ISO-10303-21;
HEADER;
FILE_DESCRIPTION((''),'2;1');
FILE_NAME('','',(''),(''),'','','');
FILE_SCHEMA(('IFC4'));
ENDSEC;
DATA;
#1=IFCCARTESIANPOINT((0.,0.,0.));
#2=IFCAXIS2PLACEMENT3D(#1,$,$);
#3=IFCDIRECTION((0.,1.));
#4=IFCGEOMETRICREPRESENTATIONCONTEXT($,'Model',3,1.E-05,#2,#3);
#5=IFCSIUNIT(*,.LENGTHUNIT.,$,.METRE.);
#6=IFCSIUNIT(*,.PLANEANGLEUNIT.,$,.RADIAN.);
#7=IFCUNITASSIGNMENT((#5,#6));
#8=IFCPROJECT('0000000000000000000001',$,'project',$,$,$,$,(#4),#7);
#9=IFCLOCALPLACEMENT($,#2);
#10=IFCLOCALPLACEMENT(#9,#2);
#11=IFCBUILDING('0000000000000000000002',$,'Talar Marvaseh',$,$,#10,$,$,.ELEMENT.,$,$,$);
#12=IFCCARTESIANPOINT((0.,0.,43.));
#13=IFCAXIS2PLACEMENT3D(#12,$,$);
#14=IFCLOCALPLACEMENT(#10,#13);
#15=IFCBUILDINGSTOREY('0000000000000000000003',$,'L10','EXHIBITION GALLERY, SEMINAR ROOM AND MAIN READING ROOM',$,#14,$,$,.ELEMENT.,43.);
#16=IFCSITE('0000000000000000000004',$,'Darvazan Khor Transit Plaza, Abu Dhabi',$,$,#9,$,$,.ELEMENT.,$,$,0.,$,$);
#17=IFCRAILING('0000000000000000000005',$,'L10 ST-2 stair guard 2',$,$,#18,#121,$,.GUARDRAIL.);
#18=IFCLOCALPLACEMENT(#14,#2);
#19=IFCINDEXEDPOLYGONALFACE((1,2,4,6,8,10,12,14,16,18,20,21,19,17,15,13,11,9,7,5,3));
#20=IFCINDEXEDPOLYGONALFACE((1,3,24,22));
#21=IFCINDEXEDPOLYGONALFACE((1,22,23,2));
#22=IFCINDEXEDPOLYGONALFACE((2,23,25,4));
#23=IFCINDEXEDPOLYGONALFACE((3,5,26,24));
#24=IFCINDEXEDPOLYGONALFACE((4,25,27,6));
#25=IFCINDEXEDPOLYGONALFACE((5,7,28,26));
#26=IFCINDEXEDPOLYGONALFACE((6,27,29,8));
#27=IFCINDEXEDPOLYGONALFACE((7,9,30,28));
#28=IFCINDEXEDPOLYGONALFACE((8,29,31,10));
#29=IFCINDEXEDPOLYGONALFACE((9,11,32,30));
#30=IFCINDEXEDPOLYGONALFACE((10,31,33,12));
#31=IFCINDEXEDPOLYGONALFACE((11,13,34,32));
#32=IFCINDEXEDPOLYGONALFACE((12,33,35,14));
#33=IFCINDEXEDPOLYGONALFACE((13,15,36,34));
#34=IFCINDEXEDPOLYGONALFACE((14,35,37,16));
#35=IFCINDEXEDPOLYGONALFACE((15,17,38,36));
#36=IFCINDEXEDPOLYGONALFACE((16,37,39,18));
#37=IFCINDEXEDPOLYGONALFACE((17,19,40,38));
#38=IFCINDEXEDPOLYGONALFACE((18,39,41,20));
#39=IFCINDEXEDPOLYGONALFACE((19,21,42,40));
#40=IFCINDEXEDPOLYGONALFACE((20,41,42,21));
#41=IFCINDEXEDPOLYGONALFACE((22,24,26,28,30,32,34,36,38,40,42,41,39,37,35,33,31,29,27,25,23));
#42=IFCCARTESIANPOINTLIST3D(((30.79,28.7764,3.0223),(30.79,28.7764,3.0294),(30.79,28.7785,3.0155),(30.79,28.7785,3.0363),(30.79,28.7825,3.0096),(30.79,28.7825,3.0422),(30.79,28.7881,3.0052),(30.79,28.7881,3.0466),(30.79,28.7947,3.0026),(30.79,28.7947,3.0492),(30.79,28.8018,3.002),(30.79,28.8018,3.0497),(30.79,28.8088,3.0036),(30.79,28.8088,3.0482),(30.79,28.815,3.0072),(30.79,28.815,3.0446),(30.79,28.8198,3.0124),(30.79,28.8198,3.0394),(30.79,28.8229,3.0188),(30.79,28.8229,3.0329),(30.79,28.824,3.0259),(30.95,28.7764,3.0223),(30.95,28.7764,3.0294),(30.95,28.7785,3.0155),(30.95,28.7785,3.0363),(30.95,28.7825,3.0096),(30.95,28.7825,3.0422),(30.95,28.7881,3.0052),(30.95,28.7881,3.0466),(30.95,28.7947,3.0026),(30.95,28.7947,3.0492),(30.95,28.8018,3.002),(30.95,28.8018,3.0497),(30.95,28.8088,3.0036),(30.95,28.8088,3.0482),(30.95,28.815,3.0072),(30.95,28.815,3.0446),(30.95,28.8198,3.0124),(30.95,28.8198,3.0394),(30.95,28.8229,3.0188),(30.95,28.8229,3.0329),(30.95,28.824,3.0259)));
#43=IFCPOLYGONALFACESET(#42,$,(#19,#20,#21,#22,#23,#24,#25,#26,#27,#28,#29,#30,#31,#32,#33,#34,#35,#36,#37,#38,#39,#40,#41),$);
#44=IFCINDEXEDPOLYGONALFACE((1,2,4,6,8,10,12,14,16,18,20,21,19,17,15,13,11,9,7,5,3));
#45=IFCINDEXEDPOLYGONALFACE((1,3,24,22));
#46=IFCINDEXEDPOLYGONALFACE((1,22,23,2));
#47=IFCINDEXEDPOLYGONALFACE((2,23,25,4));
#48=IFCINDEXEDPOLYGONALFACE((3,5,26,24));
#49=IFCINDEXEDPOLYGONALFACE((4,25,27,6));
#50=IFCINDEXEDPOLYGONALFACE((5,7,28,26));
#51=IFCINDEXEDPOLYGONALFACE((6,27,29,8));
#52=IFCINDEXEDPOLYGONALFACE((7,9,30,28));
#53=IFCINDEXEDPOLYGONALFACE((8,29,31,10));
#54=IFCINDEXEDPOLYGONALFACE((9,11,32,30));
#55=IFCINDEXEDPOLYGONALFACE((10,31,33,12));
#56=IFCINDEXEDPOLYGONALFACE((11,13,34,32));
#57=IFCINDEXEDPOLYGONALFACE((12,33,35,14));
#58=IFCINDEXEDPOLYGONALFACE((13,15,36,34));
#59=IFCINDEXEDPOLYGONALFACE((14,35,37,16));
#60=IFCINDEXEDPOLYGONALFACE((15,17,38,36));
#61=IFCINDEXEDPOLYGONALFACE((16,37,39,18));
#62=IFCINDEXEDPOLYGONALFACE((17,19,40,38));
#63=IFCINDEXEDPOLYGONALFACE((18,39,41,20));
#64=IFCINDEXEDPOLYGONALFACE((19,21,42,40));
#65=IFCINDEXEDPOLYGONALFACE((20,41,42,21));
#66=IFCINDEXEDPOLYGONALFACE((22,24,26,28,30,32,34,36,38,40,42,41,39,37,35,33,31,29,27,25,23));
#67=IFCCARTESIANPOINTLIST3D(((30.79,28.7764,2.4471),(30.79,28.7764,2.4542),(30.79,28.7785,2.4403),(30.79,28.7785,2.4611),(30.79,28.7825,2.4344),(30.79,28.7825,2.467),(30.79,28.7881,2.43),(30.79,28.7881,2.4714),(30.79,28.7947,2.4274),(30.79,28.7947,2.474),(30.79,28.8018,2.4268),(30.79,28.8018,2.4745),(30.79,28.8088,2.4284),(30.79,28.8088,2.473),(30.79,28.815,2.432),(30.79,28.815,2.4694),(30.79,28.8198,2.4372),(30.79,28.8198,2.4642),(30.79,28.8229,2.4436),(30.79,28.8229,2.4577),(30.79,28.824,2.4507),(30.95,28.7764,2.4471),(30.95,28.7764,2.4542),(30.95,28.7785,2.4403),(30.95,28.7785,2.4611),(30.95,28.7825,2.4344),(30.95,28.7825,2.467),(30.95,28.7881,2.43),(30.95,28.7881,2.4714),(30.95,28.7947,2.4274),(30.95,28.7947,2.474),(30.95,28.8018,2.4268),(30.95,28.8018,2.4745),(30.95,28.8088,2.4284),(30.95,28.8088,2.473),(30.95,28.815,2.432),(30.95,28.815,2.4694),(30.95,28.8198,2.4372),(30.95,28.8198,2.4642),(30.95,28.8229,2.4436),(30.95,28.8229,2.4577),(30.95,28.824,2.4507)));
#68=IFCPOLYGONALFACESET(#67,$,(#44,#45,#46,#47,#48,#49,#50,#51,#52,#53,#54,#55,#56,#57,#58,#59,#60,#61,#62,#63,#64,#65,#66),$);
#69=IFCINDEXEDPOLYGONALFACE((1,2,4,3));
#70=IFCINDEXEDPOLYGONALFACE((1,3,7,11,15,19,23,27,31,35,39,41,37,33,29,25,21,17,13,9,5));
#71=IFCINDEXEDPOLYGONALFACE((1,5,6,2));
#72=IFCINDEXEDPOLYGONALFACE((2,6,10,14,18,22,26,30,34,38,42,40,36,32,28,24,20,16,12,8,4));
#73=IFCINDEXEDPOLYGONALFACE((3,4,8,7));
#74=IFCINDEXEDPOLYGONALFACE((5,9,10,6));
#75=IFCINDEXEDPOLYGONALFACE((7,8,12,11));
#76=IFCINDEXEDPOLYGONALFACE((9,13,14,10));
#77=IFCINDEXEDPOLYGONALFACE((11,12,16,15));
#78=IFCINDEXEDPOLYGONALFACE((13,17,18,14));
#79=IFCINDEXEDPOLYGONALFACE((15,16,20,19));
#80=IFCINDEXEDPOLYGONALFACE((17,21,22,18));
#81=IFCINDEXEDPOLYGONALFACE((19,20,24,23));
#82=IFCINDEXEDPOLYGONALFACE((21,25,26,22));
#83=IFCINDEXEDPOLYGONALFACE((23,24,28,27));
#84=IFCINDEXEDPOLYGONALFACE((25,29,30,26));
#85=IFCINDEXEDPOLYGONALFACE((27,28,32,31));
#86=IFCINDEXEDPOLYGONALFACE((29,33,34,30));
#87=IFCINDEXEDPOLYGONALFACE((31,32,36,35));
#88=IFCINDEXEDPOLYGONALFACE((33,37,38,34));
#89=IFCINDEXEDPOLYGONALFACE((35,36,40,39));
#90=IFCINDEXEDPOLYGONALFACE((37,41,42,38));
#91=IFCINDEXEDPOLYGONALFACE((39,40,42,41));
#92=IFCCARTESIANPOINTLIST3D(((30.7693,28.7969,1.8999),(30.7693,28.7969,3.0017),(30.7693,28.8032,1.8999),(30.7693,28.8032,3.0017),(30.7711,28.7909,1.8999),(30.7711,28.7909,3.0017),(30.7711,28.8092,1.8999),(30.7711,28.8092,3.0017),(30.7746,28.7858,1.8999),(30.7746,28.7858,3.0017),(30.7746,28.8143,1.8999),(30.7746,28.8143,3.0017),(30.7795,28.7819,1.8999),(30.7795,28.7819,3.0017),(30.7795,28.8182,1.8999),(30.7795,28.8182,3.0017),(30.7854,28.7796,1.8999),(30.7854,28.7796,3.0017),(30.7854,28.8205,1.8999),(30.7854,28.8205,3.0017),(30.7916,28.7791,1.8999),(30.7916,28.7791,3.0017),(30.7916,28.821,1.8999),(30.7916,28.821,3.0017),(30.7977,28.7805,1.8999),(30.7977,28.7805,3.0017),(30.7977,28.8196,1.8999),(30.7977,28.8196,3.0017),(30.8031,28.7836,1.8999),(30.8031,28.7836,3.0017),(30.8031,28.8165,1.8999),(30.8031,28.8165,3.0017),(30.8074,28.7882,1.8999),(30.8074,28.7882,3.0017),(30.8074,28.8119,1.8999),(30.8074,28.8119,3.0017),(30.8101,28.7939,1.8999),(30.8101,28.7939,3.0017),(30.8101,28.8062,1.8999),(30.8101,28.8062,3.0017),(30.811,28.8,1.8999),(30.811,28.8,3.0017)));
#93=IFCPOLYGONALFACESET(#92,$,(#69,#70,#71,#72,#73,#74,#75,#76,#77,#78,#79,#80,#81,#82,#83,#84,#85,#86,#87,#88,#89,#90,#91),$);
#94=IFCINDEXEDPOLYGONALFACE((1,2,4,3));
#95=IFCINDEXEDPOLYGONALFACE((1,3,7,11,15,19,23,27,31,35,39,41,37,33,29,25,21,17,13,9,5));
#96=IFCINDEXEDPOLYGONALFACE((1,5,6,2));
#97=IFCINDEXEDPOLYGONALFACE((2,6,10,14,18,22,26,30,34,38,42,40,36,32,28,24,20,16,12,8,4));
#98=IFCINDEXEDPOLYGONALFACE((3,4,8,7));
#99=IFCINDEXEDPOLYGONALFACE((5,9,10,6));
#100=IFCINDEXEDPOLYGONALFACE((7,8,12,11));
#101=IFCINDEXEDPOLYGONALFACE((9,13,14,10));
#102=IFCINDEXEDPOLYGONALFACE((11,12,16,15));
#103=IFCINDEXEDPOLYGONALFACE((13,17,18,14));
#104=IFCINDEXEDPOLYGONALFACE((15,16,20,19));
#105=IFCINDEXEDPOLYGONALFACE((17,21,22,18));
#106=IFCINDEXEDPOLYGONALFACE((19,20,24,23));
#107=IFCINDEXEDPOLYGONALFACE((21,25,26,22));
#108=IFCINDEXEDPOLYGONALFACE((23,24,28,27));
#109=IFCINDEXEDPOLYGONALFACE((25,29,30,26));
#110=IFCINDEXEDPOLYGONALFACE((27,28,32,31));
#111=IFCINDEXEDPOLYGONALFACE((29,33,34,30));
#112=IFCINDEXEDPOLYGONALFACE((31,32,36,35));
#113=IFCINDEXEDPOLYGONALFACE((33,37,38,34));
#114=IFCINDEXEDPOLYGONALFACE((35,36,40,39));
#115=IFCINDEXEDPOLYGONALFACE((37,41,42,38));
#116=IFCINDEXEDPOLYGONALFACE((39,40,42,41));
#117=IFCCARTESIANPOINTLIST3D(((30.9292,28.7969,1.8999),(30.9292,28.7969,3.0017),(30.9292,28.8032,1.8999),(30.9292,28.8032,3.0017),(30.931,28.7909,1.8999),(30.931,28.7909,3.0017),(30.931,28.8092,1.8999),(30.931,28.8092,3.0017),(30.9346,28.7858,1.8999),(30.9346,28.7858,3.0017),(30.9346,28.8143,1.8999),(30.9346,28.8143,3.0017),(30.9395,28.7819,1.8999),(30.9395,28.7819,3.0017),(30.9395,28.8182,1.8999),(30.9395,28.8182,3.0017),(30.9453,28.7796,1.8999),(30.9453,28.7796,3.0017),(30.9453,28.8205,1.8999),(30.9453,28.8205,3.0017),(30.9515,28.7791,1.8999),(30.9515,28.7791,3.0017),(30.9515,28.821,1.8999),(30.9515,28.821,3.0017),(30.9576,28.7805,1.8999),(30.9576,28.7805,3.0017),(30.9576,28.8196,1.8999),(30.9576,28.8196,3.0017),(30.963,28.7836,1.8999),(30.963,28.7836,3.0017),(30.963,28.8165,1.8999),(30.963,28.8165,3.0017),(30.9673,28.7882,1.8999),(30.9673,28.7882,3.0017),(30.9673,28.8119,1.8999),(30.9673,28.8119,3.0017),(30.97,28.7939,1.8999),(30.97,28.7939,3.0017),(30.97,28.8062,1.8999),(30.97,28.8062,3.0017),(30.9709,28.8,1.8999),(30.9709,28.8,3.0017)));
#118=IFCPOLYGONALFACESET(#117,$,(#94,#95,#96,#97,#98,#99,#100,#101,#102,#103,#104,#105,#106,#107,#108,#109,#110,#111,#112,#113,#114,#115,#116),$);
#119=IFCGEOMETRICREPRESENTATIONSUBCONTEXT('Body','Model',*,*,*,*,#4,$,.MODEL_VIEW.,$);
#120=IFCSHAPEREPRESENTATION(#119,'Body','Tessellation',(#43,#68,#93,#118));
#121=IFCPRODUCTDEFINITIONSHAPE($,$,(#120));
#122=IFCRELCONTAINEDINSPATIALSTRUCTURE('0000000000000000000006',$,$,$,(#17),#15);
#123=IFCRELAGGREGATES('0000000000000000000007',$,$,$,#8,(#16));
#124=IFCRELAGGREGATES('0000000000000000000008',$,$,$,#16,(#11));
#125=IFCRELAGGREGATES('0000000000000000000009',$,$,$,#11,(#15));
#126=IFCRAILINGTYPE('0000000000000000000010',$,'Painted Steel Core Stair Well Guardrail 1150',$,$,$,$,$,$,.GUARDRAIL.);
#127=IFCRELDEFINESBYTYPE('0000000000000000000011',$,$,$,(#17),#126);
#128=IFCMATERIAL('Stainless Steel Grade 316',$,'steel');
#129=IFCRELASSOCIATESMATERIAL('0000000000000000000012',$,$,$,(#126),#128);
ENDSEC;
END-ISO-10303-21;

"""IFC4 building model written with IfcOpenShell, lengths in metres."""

from ifc_helpers import new_model, si_unit, direction, frame, origin, origin_2d, place, context, subcontext, project, spatial, circle, extrude, material, type_object, element, save


model = new_model("IFC4")

# Units and contexts
model_context = context("Model", 3, precision=1e-05, world=origin(), true_north=direction((0.0, 1.0)))
body_context = subcontext(model_context, "Body", "Model", "MODEL_VIEW")
ifc_project = project(units=[si_unit("LENGTHUNIT", "METRE"), si_unit("PLANEANGLEUNIT", "RADIAN")], contexts=[model_context])

# Site, building, storey
site_placement = place(None, origin())
site = spatial("IfcSite", under=ifc_project, at=site_placement, Name="Darvazan Khor Transit Plaza, Abu Dhabi", CompositionType="ELEMENT", RefElevation=0.0)
building_placement = place(site_placement, origin())
building = spatial("IfcBuilding", under=site, at=building_placement, Name="Talar Marvaseh", CompositionType="ELEMENT")
storey_placement = place(building_placement, frame((0.0, 0.0, 43.0)))
storey = spatial("IfcBuildingStorey", under=building, at=storey_placement, Name="L10", Description="EXHIBITION GALLERY, SEMINAR ROOM AND MAIN READING ROOM", CompositionType="ELEMENT", Elevation=43.0)

# Railing
ifc_material_1 = material(Name="Stainless Steel Grade 316", Category="steel")
railing_type_1 = type_object("IfcRailingType", Name="Painted Steel Core Stair Well Guardrail 1150", PredefinedType="GUARDRAIL", material=ifc_material_1)
railing_1_placement = place(storey_placement, frame((30.79, 28.8, 1.8999)))
element("IfcRailing", 1, at=railing_1_placement, inside=storey, type_object=railing_type_1, Name="L10 ST-2 stair guard 2", PredefinedType="GUARDRAIL", context=body_context, shape_type="SweptSolid", body=[
    extrude(circle(Radius=0.0239, at=origin_2d()), frame((0.0, 0.0, 1.126), z_axis=(1.0, 0.0, 0.0), x_axis=(0.0, 1.0, 0.0)), (0.0, 0.0, 1.0), 0.1599),
    extrude(circle(Radius=0.0239, at=origin_2d()), frame((0.0, 0.0, 0.5508), z_axis=(1.0, 0.0, 0.0), x_axis=(0.0, 1.0, 0.0)), (0.0, 0.0, 1.0), 0.1599),
    extrude(circle(Radius=0.021, at=origin_2d()), origin(), (0.0, 0.0, 1.0), 1.1018),
    extrude(circle(Radius=0.021, at=origin_2d()), frame((0.1599, 0.0, 0.0)), (0.0, 0.0, 1.0), 1.1018),
])

save(model, "model.ifc")
